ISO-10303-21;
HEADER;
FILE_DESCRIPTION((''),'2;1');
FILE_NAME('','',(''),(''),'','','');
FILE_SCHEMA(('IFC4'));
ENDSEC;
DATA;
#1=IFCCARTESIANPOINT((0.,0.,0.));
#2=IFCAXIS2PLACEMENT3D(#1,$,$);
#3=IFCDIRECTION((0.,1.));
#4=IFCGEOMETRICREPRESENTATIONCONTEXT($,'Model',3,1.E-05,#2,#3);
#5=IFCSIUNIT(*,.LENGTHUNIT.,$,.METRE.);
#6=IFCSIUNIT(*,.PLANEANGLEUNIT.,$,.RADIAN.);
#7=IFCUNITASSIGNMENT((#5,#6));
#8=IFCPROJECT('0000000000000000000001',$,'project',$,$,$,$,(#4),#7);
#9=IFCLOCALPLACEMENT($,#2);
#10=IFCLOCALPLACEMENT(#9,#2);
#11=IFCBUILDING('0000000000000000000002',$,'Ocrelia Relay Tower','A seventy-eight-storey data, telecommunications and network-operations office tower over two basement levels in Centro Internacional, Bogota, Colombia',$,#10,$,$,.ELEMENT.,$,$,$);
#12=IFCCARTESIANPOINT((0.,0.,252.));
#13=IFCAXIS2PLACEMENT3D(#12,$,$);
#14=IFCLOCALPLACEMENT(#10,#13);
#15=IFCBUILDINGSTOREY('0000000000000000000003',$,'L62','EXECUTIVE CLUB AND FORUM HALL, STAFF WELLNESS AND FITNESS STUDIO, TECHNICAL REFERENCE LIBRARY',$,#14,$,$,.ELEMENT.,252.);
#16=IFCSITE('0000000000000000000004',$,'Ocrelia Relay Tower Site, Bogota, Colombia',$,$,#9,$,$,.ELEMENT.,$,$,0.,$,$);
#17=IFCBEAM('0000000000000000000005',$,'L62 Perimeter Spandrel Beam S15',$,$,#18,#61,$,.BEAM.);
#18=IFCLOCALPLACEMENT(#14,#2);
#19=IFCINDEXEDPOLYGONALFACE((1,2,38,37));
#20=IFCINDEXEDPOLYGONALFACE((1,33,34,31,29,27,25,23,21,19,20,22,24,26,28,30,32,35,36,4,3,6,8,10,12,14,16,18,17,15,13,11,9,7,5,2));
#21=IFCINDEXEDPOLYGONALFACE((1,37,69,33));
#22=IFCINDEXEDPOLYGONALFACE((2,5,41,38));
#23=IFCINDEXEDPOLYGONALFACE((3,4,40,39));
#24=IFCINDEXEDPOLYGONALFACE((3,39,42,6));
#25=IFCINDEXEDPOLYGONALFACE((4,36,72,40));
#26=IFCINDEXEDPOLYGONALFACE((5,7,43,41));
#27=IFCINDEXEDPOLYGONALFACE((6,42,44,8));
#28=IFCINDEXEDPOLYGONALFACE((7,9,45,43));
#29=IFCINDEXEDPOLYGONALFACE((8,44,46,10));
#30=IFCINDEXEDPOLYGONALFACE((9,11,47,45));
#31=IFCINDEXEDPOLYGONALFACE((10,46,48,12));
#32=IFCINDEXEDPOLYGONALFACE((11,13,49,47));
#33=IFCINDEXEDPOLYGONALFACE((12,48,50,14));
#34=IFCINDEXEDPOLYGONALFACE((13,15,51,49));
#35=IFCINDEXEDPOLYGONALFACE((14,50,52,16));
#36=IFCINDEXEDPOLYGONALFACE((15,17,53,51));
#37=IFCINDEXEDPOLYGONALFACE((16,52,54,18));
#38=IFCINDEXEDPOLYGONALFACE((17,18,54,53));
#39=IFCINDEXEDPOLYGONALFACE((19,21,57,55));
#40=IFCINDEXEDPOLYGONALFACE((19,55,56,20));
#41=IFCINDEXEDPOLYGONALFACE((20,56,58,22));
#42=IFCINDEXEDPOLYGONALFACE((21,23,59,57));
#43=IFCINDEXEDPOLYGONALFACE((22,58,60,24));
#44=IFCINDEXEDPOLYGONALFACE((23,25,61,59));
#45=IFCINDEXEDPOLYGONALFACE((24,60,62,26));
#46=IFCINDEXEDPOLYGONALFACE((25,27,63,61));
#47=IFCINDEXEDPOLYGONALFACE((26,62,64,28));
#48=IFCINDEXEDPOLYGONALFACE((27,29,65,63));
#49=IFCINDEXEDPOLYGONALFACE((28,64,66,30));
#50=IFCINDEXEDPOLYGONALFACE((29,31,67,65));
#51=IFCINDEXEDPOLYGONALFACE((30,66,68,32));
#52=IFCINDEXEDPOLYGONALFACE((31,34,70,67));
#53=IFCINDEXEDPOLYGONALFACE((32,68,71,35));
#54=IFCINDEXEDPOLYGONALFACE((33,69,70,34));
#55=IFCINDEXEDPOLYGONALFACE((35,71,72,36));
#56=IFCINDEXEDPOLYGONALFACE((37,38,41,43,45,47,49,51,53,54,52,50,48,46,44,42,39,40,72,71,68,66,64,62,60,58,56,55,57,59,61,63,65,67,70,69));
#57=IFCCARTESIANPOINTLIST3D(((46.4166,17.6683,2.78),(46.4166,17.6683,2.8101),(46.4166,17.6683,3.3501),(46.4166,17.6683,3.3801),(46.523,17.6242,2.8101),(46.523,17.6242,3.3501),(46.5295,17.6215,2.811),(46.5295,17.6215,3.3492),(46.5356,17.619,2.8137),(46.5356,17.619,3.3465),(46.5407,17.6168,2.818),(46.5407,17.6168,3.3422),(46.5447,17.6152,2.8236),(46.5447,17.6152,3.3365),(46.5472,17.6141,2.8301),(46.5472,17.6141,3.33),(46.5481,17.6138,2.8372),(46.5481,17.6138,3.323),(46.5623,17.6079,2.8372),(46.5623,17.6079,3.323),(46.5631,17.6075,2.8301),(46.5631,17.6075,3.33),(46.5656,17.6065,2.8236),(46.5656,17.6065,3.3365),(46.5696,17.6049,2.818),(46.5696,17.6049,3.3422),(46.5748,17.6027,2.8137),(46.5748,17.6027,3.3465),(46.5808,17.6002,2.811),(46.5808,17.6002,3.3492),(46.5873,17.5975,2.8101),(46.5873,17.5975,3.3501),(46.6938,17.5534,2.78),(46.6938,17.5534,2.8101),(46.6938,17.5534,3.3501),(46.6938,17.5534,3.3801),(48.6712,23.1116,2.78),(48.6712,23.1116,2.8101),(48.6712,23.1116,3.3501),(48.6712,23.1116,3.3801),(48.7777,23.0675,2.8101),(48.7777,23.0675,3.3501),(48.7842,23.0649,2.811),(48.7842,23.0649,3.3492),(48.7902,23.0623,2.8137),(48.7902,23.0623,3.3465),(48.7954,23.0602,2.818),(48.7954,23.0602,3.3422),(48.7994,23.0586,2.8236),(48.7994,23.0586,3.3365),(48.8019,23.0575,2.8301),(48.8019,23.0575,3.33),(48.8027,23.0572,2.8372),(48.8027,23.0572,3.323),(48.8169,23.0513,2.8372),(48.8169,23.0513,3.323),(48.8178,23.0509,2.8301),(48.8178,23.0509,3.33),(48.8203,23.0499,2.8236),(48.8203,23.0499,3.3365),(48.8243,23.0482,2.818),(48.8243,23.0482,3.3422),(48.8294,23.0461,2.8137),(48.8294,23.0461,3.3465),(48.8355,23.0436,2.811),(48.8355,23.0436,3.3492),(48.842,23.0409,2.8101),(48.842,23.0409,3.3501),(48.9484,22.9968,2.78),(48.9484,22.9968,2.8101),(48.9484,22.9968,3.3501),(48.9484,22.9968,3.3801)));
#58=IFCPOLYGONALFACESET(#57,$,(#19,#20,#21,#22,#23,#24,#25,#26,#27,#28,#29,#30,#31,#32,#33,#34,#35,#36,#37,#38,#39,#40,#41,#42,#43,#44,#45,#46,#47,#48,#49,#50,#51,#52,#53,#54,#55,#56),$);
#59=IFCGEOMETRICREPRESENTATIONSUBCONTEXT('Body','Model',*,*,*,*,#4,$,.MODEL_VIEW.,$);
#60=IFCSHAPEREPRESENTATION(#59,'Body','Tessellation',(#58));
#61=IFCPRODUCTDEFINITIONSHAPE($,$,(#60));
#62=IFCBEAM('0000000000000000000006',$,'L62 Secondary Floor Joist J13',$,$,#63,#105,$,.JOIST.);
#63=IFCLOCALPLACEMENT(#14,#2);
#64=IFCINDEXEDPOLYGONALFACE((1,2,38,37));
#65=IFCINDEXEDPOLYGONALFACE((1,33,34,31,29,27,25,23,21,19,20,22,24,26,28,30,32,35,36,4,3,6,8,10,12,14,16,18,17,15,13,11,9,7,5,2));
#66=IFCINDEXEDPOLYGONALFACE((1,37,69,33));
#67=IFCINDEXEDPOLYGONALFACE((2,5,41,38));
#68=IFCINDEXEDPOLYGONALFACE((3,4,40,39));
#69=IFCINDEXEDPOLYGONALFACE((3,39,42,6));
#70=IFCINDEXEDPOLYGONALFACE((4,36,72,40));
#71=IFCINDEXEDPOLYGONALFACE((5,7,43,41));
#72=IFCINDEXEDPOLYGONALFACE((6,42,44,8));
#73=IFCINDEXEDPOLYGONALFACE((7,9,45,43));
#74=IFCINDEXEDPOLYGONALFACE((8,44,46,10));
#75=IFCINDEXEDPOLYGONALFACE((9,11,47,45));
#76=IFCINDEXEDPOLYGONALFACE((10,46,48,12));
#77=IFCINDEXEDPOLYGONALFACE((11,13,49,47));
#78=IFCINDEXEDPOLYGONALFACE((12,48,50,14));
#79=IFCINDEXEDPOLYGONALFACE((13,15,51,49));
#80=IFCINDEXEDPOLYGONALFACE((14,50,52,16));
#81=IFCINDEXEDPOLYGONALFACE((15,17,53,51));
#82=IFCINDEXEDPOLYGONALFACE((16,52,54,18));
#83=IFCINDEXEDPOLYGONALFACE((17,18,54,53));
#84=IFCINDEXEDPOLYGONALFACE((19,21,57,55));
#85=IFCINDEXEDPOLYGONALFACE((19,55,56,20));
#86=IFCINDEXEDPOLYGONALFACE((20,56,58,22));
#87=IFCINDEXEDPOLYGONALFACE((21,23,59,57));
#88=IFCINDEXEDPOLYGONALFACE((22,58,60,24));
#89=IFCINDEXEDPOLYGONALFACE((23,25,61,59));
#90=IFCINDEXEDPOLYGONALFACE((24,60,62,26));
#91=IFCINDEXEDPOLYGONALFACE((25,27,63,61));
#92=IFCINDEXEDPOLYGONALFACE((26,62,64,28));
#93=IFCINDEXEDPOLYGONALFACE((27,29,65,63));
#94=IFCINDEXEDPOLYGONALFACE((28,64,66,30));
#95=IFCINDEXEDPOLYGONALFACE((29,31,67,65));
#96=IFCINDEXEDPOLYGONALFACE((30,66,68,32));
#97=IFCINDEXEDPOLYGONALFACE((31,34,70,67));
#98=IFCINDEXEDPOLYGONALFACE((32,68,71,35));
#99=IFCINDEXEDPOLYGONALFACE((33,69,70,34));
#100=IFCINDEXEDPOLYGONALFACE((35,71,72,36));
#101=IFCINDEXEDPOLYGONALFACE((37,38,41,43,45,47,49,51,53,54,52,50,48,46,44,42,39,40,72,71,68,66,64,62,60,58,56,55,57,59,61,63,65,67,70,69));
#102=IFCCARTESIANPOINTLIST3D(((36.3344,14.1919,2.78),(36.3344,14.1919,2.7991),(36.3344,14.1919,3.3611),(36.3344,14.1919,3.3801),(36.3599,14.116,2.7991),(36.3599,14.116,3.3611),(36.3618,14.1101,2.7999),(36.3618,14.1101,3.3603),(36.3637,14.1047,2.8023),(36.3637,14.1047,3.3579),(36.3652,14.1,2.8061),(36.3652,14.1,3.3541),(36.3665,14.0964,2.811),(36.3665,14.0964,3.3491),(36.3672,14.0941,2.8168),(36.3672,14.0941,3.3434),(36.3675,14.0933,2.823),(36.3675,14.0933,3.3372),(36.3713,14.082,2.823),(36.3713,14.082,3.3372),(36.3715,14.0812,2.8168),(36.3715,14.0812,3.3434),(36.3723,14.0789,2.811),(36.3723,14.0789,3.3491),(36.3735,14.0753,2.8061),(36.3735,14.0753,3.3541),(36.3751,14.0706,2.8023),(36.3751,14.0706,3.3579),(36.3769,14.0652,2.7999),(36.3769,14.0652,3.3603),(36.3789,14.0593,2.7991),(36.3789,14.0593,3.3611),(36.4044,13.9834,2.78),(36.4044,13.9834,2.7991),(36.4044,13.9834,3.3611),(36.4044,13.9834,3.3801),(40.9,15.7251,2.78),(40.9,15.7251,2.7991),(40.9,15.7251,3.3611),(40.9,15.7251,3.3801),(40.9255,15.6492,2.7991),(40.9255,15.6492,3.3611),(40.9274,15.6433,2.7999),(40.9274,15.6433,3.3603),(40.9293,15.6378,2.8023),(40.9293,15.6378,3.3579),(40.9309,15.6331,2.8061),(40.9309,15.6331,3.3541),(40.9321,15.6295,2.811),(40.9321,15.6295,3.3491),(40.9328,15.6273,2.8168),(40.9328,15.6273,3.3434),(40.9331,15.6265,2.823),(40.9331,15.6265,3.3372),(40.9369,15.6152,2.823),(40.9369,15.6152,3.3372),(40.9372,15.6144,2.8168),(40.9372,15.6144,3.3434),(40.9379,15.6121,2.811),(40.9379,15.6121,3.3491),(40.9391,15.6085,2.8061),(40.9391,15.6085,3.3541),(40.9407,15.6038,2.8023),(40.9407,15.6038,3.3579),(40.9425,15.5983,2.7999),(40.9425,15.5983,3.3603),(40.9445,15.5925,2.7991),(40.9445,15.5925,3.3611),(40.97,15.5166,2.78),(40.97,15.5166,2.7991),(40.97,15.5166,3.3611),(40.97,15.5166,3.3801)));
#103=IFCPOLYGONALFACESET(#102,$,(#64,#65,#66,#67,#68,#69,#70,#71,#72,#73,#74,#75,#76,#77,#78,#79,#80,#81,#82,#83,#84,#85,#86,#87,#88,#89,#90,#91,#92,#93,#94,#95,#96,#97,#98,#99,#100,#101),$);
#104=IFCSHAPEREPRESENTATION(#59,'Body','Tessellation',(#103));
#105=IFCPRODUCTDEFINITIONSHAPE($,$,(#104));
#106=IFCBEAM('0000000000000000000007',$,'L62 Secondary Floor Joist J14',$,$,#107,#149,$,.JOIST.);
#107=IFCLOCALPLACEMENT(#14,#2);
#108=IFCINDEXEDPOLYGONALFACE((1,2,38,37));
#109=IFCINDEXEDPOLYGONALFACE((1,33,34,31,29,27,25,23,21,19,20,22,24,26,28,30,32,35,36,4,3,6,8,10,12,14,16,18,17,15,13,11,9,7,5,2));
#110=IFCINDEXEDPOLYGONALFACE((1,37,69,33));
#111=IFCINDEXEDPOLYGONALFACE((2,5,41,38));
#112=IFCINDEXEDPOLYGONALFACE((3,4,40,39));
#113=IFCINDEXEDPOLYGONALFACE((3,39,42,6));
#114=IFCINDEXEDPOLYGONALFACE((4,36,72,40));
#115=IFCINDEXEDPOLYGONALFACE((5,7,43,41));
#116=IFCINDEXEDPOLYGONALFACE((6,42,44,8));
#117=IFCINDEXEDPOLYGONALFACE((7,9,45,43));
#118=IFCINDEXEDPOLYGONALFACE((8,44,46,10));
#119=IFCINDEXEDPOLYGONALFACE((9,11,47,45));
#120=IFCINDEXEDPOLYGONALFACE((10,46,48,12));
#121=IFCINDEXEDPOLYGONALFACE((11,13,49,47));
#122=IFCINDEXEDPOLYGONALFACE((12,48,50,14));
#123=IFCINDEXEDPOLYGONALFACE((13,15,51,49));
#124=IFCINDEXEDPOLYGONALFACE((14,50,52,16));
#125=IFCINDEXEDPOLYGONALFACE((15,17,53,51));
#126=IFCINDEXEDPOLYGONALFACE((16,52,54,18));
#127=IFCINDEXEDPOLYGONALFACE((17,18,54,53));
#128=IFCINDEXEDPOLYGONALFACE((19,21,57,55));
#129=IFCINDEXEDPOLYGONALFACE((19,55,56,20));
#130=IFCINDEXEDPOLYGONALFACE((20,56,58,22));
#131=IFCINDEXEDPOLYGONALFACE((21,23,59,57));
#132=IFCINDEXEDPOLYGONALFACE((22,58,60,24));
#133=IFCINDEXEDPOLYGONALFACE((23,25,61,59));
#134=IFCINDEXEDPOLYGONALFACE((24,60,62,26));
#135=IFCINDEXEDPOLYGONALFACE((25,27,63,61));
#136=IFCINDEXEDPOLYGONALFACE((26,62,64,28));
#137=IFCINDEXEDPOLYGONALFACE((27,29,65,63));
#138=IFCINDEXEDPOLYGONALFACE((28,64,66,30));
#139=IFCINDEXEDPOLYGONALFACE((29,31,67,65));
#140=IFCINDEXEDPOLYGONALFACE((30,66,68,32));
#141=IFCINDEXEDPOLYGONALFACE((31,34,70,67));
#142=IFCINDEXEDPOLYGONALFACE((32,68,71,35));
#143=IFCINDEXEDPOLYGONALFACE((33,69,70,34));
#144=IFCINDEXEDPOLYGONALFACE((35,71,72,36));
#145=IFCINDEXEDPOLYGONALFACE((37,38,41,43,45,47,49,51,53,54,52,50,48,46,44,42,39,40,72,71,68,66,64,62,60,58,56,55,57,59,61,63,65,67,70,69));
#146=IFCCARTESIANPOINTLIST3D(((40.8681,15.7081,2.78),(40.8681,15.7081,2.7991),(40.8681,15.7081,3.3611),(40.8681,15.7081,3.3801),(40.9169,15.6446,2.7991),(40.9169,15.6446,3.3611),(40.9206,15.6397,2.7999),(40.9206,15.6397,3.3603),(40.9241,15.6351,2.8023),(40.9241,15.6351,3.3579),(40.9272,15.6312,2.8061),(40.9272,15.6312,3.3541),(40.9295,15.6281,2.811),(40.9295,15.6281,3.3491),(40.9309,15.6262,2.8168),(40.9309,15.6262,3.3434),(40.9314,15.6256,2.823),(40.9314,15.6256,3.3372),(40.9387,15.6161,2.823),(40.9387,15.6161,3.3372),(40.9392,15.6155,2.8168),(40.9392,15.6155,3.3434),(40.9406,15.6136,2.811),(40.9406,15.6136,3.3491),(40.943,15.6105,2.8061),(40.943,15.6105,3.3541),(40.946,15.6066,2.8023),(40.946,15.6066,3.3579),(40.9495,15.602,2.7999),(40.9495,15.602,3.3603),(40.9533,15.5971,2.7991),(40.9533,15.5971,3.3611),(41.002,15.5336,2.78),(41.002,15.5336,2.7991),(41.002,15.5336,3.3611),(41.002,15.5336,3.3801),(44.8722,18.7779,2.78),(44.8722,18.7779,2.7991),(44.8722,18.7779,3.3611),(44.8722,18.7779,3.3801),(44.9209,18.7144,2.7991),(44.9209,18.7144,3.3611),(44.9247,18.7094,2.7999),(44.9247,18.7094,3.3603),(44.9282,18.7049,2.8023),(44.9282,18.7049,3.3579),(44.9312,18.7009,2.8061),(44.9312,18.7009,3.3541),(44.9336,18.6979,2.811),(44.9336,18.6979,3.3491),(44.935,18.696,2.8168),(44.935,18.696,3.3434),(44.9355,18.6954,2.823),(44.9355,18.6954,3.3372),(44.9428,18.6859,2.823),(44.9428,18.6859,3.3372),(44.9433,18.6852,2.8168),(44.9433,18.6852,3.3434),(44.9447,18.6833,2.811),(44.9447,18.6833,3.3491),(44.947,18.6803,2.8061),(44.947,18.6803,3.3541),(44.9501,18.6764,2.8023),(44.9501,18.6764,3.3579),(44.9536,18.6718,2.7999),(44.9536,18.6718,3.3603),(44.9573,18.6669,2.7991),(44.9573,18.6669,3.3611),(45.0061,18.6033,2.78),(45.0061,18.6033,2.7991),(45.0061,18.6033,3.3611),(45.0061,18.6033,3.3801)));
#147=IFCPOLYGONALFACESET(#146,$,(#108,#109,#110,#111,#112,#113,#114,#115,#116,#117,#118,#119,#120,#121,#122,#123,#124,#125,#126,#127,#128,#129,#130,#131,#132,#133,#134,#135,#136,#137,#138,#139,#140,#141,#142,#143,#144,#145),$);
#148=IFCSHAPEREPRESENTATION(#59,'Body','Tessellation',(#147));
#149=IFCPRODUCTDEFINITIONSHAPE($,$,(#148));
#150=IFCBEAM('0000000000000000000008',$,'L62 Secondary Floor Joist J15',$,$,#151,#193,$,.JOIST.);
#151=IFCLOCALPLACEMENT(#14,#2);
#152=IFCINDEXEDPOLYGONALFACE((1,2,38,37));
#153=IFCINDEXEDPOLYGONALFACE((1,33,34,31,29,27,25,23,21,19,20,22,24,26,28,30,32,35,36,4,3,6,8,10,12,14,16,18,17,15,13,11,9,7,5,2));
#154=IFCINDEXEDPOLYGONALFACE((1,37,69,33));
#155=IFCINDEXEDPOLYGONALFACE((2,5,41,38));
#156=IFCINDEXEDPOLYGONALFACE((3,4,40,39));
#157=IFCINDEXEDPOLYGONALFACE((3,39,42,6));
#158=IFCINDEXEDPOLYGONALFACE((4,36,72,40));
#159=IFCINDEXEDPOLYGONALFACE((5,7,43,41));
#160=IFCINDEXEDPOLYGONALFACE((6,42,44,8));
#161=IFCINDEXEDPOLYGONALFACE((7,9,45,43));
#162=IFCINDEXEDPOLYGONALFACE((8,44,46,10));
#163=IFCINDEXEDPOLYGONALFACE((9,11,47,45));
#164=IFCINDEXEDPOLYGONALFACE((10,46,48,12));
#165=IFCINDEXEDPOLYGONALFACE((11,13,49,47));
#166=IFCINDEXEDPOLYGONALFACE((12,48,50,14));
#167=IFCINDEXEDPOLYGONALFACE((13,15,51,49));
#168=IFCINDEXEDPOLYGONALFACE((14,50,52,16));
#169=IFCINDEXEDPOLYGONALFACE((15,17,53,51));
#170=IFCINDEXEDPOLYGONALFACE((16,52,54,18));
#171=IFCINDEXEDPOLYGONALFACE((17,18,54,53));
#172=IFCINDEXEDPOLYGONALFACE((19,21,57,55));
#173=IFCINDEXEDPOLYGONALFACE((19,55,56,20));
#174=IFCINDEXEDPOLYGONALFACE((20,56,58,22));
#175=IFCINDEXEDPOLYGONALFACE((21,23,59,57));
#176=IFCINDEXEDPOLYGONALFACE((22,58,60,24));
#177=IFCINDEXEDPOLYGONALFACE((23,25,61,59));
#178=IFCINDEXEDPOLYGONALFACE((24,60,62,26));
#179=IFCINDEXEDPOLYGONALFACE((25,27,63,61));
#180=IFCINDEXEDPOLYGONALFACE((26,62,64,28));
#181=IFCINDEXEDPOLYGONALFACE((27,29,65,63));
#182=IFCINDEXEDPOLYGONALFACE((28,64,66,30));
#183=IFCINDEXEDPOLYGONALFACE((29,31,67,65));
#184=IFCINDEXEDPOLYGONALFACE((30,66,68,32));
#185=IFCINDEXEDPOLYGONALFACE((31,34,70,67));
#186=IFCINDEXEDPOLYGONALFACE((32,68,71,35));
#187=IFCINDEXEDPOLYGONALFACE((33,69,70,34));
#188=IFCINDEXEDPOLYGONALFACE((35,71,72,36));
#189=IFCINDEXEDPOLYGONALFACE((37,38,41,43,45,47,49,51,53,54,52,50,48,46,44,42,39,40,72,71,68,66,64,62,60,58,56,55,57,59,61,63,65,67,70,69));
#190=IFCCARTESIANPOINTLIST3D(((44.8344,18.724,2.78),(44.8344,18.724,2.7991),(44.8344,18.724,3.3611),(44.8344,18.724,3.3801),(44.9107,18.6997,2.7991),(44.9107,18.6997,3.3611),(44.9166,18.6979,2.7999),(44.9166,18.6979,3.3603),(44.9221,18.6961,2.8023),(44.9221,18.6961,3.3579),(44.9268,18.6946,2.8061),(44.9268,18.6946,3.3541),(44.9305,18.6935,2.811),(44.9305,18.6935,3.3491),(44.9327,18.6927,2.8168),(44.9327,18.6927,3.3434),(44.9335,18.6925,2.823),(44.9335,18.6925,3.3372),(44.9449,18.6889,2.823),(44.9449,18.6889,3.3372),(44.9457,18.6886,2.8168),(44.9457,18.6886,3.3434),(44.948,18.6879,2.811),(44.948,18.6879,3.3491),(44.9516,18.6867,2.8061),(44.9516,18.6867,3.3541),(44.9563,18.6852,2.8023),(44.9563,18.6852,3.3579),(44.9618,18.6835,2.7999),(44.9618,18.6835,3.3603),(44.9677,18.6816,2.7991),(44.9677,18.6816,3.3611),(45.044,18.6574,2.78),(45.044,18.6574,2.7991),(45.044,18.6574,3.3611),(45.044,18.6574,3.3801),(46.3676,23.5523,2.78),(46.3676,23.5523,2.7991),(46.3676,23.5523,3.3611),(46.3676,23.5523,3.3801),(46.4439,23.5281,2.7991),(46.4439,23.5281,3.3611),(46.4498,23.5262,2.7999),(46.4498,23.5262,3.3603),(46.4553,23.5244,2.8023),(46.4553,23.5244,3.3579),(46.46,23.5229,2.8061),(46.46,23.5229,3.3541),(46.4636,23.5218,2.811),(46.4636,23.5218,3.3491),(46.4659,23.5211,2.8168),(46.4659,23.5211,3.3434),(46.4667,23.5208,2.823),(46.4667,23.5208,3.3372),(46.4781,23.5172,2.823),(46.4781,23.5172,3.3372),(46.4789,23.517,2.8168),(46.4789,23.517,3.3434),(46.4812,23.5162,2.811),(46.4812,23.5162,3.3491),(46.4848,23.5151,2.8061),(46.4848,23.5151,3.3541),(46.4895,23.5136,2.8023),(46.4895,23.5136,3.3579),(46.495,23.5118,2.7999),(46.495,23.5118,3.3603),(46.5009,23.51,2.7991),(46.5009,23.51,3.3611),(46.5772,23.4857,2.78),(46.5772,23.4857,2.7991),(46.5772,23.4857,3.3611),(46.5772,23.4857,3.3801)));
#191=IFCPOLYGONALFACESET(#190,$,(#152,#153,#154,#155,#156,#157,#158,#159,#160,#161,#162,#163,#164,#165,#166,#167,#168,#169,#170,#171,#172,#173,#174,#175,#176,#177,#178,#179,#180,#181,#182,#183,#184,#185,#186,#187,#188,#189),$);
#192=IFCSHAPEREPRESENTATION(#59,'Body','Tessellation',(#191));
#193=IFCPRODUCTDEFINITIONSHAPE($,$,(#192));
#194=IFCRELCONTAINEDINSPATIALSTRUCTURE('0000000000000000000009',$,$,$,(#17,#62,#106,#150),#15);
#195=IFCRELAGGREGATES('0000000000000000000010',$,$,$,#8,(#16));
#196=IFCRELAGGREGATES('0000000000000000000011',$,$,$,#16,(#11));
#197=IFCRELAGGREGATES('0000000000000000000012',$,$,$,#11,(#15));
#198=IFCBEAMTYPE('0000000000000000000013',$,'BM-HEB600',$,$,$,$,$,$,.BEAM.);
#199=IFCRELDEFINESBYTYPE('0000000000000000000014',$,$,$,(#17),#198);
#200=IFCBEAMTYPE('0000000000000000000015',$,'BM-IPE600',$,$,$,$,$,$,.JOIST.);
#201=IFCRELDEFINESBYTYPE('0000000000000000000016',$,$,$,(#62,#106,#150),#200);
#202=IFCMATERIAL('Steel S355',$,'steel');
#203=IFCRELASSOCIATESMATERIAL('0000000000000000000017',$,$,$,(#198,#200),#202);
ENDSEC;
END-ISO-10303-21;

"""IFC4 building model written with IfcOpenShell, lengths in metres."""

from ifc_helpers import new_model, si_unit, direction, frame, origin, origin_2d, place, context, subcontext, project, spatial, i_section, extrude, material, material_profile, profile_set, type_object, element, save


model = new_model("IFC4")

# Units and contexts
model_context = context("Model", 3, precision=1e-05, world=origin(), true_north=direction((0.0, 1.0)))
body_context = subcontext(model_context, "Body", "Model", "MODEL_VIEW")
ifc_project = project(units=[si_unit("LENGTHUNIT", "METRE"), si_unit("PLANEANGLEUNIT", "RADIAN")], contexts=[model_context])

# Site, building, storey
site_placement = place(None, origin())
site = spatial("IfcSite", under=ifc_project, at=site_placement, Name="Ocrelia Relay Tower Site, Bogota, Colombia", CompositionType="ELEMENT", RefElevation=0.0)
building_placement = place(site_placement, origin())
building = spatial("IfcBuilding", under=site, at=building_placement, Name="Ocrelia Relay Tower", Description="A seventy-eight-storey data, telecommunications and network-operations office tower over two basement levels in Centro Internacional, Bogota, Colombia", CompositionType="ELEMENT")
storey_placement = place(building_placement, frame((0.0, 0.0, 252.0)))
storey = spatial("IfcBuildingStorey", under=building, at=storey_placement, Name="L62", Description="EXECUTIVE CLUB AND FORUM HALL, STAFF WELLNESS AND FITNESS STUDIO, TECHNICAL REFERENCE LIBRARY", CompositionType="ELEMENT", Elevation=252.0)

# Beams
ifc_material_1 = material(Name="Steel S355", Category="steel")
ifc_material_profile_1 = material_profile(ifc_material_1, i_section(OverallWidth=0.3, OverallDepth=0.6001, WebThickness=0.0154, FlangeThickness=0.03, FilletRadius=0.0271, at=origin_2d()), Name="HEB 600")
ifc_profile_set_1 = profile_set([ifc_material_profile_1], Name="Steel S355")
beam_type_1 = type_object("IfcBeamType", Name="BM-HEB600", PredefinedType="BEAM", material=ifc_profile_set_1)
beam_1_placement = place(storey_placement, frame((46.5552, 17.6108, 3.0801), z_axis=(0.382673, 0.923884, 0.0), x_axis=(-0.923884, 0.382673, 0.0)))
element("IfcBeam", 1, at=beam_1_placement, inside=storey, type_object=beam_type_1, Name="L62 Perimeter Spandrel Beam S15", PredefinedType="BEAM", context=body_context, shape_type="SweptSolid", body=[
    extrude(i_section(OverallWidth=0.3, OverallDepth=0.6001, WebThickness=0.0154, FlangeThickness=0.03, FilletRadius=0.0271, at=origin_2d()), origin(), (0.0, 0.0, 1.0), 5.8918),
])
ifc_material_profile_2 = material_profile(ifc_material_1, i_section(OverallWidth=0.22, OverallDepth=0.6001, WebThickness=0.012, FlangeThickness=0.019, FilletRadius=0.0239, at=origin_2d()), Name="IPE 600")
ifc_profile_set_2 = profile_set([ifc_material_profile_2], Name="Steel S355")
beam_type_2 = type_object("IfcBeamType", Name="BM-IPE600", PredefinedType="JOIST", material=ifc_profile_set_2)
beam_2_placement = place(storey_placement, frame((36.3694, 14.0876, 3.0801), z_axis=(0.947976, 0.318341, 0.0), x_axis=(-0.318341, 0.947976, 0.0)))
element("IfcBeam", 2, at=beam_2_placement, inside=storey, type_object=beam_type_2, Name="L62 Secondary Floor Joist J13", PredefinedType="JOIST", context=body_context, shape_type="SweptSolid", body=[
    extrude(i_section(OverallWidth=0.22, OverallDepth=0.6001, WebThickness=0.012, FlangeThickness=0.019, FilletRadius=0.0239, at=origin_2d()), origin(), (0.0, 0.0, 1.0), 4.8162),
])
beam_3_placement = place(storey_placement, frame((40.9351, 15.6208, 3.0801), z_axis=(0.793609, 0.608428, 0.0), x_axis=(-0.608428, 0.793609, 0.0)))
element("IfcBeam", 3, at=beam_3_placement, inside=storey, type_object=beam_type_2, Name="L62 Secondary Floor Joist J14", PredefinedType="JOIST", context=body_context, shape_type="SweptSolid", body=[
    extrude(i_section(OverallWidth=0.22, OverallDepth=0.6001, WebThickness=0.012, FlangeThickness=0.019, FilletRadius=0.0239, at=origin_2d()), origin(), (0.0, 0.0, 1.0), 5.0454),
])
beam_4_placement = place(storey_placement, frame((44.9392, 18.6907, 3.0801), z_axis=(0.302649, 0.953102, 0.0), x_axis=(-0.953102, 0.302649, 0.0)))
element("IfcBeam", 4, at=beam_4_placement, inside=storey, type_object=beam_type_2, Name="L62 Secondary Floor Joist J15", PredefinedType="JOIST", context=body_context, shape_type="SweptSolid", body=[
    extrude(i_section(OverallWidth=0.22, OverallDepth=0.6001, WebThickness=0.012, FlangeThickness=0.019, FilletRadius=0.0239, at=origin_2d()), origin(), (0.0, 0.0, 1.0), 5.0659),
])

save(model, "model.ifc")
